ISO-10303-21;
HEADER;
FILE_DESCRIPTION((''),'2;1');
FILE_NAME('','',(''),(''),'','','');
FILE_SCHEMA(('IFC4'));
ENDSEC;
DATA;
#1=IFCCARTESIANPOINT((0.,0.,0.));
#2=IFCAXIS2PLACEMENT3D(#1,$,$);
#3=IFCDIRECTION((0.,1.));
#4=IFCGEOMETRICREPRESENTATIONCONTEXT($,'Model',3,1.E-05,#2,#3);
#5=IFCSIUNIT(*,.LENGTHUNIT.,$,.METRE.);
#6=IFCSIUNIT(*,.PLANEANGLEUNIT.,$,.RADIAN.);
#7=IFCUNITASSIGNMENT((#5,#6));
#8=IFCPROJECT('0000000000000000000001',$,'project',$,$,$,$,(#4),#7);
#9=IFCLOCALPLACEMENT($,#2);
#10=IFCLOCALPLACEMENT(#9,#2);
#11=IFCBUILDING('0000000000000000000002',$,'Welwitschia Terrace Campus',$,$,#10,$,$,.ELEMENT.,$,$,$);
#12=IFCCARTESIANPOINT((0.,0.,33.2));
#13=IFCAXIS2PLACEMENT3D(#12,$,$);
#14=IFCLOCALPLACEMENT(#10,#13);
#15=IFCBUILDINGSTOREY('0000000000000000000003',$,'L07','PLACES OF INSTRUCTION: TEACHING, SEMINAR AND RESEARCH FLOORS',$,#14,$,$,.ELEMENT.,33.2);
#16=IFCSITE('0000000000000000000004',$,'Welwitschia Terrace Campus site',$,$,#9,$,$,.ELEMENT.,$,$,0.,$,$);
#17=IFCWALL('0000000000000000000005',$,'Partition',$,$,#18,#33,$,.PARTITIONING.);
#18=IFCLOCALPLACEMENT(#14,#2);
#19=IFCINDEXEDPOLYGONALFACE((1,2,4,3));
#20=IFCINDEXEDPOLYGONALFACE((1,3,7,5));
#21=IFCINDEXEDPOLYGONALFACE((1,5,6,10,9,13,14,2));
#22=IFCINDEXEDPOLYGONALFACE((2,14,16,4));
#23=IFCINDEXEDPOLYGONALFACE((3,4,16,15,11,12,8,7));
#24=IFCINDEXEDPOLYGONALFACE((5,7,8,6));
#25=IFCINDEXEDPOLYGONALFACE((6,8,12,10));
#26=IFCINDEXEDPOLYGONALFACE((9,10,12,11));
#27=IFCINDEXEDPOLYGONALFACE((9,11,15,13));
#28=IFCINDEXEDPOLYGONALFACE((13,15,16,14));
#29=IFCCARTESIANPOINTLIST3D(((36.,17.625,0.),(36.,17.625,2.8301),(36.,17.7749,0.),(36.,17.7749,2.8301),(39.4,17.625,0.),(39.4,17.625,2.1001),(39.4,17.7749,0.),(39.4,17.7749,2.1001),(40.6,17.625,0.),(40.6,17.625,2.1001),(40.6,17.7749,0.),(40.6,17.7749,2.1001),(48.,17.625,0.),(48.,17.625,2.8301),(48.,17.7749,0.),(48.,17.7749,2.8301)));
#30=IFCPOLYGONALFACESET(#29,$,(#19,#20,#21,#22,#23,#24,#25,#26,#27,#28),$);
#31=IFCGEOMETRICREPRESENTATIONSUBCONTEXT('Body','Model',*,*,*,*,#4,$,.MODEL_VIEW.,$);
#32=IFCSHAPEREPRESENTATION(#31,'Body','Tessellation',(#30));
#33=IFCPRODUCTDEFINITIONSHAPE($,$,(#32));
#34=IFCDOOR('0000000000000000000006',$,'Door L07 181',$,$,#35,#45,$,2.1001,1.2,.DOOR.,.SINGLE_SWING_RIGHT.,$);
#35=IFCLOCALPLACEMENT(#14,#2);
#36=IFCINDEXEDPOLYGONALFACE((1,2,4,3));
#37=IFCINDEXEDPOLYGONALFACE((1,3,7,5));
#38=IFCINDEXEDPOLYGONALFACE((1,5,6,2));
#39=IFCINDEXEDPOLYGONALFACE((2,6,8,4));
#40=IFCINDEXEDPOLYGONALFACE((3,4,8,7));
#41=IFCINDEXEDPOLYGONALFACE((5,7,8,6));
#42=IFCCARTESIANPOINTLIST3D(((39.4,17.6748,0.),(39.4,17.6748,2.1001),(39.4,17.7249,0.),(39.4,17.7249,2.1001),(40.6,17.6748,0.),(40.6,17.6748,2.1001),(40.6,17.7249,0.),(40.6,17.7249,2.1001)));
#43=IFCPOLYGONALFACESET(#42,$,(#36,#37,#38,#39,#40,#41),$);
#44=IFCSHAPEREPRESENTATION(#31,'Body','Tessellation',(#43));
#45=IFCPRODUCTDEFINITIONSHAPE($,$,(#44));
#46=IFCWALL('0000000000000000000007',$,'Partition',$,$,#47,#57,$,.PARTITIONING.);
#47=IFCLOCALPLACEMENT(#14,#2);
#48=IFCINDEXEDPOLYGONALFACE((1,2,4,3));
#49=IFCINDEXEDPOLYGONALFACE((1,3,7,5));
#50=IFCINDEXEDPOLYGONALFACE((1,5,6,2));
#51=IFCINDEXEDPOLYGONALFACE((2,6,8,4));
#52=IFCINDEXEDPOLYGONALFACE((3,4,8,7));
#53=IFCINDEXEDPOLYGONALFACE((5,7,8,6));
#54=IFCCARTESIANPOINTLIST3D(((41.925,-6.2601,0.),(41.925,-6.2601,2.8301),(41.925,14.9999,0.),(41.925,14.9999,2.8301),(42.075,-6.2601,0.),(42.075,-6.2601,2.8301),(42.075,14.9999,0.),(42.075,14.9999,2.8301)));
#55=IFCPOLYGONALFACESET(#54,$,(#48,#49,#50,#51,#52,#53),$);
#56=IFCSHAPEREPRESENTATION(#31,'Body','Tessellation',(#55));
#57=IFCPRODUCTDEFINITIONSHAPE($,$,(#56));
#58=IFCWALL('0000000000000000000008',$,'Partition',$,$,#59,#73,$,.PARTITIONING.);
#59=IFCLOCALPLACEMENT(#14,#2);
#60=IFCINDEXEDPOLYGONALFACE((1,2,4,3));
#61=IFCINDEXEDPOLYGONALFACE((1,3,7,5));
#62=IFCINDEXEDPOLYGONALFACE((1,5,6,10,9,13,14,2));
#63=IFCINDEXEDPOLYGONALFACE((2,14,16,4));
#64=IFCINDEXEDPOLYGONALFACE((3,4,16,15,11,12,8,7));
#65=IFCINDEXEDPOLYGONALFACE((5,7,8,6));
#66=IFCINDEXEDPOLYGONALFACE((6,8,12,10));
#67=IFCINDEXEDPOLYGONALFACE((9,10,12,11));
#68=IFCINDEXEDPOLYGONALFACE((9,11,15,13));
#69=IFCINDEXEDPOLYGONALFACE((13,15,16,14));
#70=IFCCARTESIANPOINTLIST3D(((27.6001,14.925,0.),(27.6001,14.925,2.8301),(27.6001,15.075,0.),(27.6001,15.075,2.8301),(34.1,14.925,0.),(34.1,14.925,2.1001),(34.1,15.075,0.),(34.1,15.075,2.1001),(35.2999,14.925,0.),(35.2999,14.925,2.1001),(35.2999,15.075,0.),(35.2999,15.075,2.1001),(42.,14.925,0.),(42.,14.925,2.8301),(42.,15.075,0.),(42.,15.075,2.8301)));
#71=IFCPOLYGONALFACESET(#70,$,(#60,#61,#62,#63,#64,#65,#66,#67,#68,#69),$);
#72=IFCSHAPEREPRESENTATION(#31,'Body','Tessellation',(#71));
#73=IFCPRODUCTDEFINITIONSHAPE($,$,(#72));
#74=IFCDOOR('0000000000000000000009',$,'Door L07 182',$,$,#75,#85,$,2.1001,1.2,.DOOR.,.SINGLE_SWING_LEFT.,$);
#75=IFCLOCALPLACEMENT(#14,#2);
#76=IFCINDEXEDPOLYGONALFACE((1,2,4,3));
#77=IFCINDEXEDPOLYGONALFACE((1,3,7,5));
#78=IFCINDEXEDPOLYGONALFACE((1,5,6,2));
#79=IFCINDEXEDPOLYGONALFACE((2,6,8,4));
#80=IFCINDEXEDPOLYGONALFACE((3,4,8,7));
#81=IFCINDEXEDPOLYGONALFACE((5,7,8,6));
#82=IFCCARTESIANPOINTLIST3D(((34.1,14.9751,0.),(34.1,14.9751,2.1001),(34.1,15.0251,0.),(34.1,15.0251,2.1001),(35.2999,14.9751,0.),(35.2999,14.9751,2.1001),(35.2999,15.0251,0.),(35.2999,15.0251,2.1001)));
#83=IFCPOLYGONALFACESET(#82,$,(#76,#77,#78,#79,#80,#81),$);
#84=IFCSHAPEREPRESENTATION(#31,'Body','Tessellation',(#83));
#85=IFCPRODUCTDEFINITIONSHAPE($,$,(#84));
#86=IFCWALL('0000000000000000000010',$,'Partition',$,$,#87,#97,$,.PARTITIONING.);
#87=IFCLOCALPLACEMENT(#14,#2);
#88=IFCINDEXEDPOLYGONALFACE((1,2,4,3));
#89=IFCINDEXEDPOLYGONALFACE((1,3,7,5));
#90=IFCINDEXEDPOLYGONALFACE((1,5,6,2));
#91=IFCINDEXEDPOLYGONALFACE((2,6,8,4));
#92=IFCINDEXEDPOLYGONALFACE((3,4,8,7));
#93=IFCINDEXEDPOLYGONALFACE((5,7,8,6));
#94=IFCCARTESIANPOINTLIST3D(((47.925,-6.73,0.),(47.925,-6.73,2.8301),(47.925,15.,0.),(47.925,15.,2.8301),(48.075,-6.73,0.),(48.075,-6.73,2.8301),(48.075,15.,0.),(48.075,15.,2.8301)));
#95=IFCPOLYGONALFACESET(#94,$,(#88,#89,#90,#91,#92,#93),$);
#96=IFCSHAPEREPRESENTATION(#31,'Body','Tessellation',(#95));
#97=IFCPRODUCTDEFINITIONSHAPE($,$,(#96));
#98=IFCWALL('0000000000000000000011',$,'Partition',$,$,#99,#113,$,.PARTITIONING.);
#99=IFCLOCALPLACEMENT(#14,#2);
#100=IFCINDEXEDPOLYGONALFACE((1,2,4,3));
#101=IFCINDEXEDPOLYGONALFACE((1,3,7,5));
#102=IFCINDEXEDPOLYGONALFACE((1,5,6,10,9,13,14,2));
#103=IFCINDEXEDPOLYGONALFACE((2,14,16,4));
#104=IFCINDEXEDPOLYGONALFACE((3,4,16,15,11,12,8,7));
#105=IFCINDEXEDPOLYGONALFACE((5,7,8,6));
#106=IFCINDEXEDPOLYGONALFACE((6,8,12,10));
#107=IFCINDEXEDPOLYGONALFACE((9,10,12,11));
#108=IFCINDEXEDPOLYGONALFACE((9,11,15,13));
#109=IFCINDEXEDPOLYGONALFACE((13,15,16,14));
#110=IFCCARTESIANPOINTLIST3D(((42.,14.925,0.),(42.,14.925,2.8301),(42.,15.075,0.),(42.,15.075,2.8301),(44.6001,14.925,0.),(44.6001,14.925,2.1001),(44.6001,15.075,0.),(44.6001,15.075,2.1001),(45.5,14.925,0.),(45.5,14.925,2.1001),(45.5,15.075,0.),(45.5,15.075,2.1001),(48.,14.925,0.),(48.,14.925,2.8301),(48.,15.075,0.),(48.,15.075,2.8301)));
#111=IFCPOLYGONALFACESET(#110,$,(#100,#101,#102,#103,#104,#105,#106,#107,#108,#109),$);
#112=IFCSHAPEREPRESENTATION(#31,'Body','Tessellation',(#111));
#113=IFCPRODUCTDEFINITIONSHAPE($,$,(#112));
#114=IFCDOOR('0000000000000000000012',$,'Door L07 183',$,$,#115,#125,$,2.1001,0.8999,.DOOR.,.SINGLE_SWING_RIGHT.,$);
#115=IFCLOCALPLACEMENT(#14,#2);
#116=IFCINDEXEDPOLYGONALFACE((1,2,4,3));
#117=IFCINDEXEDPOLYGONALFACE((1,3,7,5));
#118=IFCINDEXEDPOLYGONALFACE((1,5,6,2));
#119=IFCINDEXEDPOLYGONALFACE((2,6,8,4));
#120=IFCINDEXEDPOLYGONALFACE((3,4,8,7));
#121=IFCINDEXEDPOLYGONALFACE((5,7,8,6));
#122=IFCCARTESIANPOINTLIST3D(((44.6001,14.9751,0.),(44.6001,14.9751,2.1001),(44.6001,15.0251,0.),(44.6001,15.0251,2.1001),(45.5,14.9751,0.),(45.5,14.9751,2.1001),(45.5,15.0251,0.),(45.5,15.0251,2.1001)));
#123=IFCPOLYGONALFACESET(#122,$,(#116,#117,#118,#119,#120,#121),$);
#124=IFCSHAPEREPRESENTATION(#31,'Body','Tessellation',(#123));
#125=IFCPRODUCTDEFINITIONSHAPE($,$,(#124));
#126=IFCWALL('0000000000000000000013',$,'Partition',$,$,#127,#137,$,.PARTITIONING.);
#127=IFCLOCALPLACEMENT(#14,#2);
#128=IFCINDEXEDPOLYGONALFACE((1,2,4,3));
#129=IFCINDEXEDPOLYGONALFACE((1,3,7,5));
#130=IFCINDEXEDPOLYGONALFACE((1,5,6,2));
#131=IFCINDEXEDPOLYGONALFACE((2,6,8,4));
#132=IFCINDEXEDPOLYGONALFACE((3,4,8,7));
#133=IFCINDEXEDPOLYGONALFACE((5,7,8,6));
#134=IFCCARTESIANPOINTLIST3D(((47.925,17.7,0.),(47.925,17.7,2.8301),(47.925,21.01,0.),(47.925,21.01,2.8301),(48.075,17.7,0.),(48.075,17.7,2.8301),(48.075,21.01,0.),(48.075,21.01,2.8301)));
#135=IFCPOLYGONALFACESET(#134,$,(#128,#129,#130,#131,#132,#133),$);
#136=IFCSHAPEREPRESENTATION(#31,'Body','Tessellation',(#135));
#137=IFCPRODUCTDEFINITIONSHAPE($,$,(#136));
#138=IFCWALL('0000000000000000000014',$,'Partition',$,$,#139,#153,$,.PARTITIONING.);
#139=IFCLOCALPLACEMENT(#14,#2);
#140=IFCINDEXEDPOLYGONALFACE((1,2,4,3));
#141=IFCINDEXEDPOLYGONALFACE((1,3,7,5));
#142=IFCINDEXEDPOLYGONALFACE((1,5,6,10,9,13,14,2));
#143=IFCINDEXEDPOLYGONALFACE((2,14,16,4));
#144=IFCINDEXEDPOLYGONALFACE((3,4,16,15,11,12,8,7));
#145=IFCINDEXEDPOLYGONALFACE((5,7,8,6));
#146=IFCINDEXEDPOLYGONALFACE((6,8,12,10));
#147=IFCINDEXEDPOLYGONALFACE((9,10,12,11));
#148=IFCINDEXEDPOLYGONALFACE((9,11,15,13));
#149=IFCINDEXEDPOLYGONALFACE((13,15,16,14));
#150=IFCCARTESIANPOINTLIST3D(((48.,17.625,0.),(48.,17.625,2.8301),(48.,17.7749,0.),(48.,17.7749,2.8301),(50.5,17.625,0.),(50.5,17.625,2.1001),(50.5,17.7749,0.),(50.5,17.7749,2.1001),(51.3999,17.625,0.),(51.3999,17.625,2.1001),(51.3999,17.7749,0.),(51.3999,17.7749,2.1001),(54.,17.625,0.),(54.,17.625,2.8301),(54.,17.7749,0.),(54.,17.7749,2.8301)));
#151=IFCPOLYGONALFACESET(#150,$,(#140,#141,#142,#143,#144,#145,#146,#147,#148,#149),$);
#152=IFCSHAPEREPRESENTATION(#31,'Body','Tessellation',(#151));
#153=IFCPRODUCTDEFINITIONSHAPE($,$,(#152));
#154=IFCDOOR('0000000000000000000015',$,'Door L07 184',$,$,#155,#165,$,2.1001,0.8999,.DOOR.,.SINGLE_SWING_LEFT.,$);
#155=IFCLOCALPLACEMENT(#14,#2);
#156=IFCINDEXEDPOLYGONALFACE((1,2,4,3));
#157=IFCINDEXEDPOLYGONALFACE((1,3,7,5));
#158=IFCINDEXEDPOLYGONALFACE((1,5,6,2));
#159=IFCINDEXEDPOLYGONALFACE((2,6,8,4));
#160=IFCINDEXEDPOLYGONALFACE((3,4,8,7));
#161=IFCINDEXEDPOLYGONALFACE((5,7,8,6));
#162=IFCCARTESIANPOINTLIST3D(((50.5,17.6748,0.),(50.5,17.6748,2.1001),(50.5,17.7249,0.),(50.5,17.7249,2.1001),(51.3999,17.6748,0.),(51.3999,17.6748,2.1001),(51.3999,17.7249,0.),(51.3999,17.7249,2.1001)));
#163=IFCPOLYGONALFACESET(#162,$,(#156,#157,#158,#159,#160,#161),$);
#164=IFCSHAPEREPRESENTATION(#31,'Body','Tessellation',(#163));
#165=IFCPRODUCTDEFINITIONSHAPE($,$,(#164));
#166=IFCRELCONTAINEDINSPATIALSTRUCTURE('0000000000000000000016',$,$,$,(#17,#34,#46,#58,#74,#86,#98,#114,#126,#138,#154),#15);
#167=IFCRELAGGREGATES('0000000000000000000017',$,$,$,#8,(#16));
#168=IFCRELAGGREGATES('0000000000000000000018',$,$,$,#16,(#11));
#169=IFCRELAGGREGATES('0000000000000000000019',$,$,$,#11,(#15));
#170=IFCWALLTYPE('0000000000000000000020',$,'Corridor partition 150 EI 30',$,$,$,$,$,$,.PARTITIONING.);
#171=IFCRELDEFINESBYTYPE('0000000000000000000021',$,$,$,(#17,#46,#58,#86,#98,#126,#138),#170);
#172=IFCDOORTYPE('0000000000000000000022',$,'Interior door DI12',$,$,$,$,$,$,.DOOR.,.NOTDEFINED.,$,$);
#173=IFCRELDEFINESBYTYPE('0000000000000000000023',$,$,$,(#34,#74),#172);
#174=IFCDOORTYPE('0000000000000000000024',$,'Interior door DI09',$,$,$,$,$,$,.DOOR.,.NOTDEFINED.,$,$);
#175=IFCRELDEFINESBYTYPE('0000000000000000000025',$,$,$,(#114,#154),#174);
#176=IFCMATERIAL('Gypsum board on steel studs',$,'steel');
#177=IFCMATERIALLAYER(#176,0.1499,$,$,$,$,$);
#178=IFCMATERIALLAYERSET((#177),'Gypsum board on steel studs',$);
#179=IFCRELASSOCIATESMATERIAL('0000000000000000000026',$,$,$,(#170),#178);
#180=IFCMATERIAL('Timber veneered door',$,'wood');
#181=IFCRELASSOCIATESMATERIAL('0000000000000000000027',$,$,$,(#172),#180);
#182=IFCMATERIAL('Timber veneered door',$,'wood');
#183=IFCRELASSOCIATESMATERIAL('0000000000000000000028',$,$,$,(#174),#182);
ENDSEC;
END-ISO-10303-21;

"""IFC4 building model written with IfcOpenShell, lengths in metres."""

from ifc_helpers import new_model, si_unit, direction, frame, frame_2d, origin, place, context, subcontext, project, spatial, rectangle, extrude, material, layer, layer_set, type_object, element, fill, save


model = new_model("IFC4")

# Units and contexts
model_context = context("Model", 3, precision=1e-05, world=origin(), true_north=direction((0.0, 1.0)))
body_context = subcontext(model_context, "Body", "Model", "MODEL_VIEW")
ifc_project = project(units=[si_unit("LENGTHUNIT", "METRE"), si_unit("PLANEANGLEUNIT", "RADIAN")], contexts=[model_context])

# Site, building, storey
site_placement = place(None, origin())
site = spatial("IfcSite", under=ifc_project, at=site_placement, Name="Welwitschia Terrace Campus site", CompositionType="ELEMENT", RefElevation=0.0)
building_placement = place(site_placement, origin())
building = spatial("IfcBuilding", under=site, at=building_placement, Name="Welwitschia Terrace Campus", CompositionType="ELEMENT")
storey_placement = place(building_placement, frame((0.0, 0.0, 33.2)))
storey = spatial("IfcBuildingStorey", under=building, at=storey_placement, Name="L07", Description="PLACES OF INSTRUCTION: TEACHING, SEMINAR AND RESEARCH FLOORS", CompositionType="ELEMENT", Elevation=33.2)

# Shared definitions
ifc_material_1 = material(Name="Gypsum board on steel studs", Category="steel")
ifc_layer_1 = layer(ifc_material_1, 0.1499)
ifc_layer_set_1 = layer_set([ifc_layer_1], Name="Gypsum board on steel studs")
wall_type = type_object("IfcWallType", Name="Corridor partition 150 EI 30", PredefinedType="PARTITIONING", material=ifc_layer_set_1)

# Wall, opening, door
wall_1_placement = place(storey_placement, frame((36.0, 17.7, 0.0), z_axis=(0.0, 0.0, 1.0), x_axis=(1.0, 0.0, 0.0)))
wall_1 = element("IfcWall", 1, at=wall_1_placement, inside=storey, type_object=wall_type, Name="Partition", PredefinedType="PARTITIONING", context=body_context, shape_type="SweptSolid", body=[
    extrude(rectangle(XDim=12.0, YDim=0.1499, at=frame_2d((6.0, 0.0))), origin(), (0.0, 0.0, 1.0), 2.8301),
])
opening_1_placement = place(wall_1_placement, frame((3.3999, 0.0, 0.0)))
opening_1 = element("IfcOpeningElement", 2, at=opening_1_placement, cuts=wall_1, PredefinedType="OPENING", context=body_context, shape_type="SweptSolid", body=[
    extrude(rectangle(XDim=1.2, YDim=2.1001, at=frame_2d((0.6001, 1.05))), frame((0.0, 0.085, 0.0), z_axis=(0.0, -1.0, 0.0), x_axis=(1.0, 0.0, 0.0)), (0.0, 0.0, 1.0), 0.1699),
])
ifc_material_2 = material(Name="Timber veneered door", Category="wood")
door_type_1 = type_object("IfcDoorType", Name="Interior door DI12", OperationType="NOTDEFINED", PredefinedType="DOOR", material=ifc_material_2)
door_1_placement = place(opening_1_placement, origin())
door_1 = element("IfcDoor", 3, at=door_1_placement, inside=storey, type_object=door_type_1, Name="Door L07 181", OperationType="SINGLE_SWING_RIGHT", OverallHeight=2.1001, OverallWidth=1.2, PredefinedType="DOOR", context=body_context, shape_type="SweptSolid", body=[
    extrude(rectangle(XDim=1.2, YDim=2.1001, at=frame_2d((0.6001, 1.05))), frame((0.0, 0.0249, 0.0), z_axis=(0.0, -1.0, 0.0), x_axis=(1.0, 0.0, 0.0)), (0.0, 0.0, 1.0), 0.05),
])
fill(opening_1, door_1)

# Wall
wall_2_placement = place(storey_placement, frame((42.0, -6.26, 0.0), z_axis=(0.0, 0.0, 1.0), x_axis=(0.0, 1.0, 0.0)))
element("IfcWall", 4, at=wall_2_placement, inside=storey, type_object=wall_type, Name="Partition", PredefinedType="PARTITIONING", context=body_context, shape_type="SweptSolid", body=[
    extrude(rectangle(XDim=21.26, YDim=0.1499, at=frame_2d((10.6299, 0.0))), origin(), (0.0, 0.0, 1.0), 2.8301),
])

# Wall, opening, door
wall_3_placement = place(storey_placement, frame((42.0, 15.0, 0.0), z_axis=(0.0, 0.0, 1.0), x_axis=(-1.0, 0.0, 0.0)))
wall_3 = element("IfcWall", 5, at=wall_3_placement, inside=storey, type_object=wall_type, Name="Partition", PredefinedType="PARTITIONING", context=body_context, shape_type="SweptSolid", body=[
    extrude(rectangle(XDim=14.3999, YDim=0.1499, at=frame_2d((7.2, 0.0))), origin(), (0.0, 0.0, 1.0), 2.8301),
])
opening_2_placement = place(wall_3_placement, frame((6.7, 0.0, 0.0)))
opening_2 = element("IfcOpeningElement", 6, at=opening_2_placement, cuts=wall_3, PredefinedType="OPENING", context=body_context, shape_type="SweptSolid", body=[
    extrude(rectangle(XDim=1.2, YDim=2.1001, at=frame_2d((0.6001, 1.05))), frame((0.0, 0.085, 0.0), z_axis=(0.0, -1.0, 0.0), x_axis=(1.0, 0.0, 0.0)), (0.0, 0.0, 1.0), 0.1699),
])
door_2_placement = place(opening_2_placement, origin())
door_2 = element("IfcDoor", 7, at=door_2_placement, inside=storey, type_object=door_type_1, Name="Door L07 182", OperationType="SINGLE_SWING_LEFT", OverallHeight=2.1001, OverallWidth=1.2, PredefinedType="DOOR", context=body_context, shape_type="SweptSolid", body=[
    extrude(rectangle(XDim=1.2, YDim=2.1001, at=frame_2d((0.6001, 1.05))), frame((0.0, 0.0249, 0.0), z_axis=(0.0, -1.0, 0.0), x_axis=(1.0, 0.0, 0.0)), (0.0, 0.0, 1.0), 0.05),
])
fill(opening_2, door_2)

# Wall
wall_4_placement = place(storey_placement, frame((48.0, -6.73, 0.0), z_axis=(0.0, 0.0, 1.0), x_axis=(0.0, 1.0, 0.0)))
element("IfcWall", 8, at=wall_4_placement, inside=storey, type_object=wall_type, Name="Partition", PredefinedType="PARTITIONING", context=body_context, shape_type="SweptSolid", body=[
    extrude(rectangle(XDim=21.73, YDim=0.1499, at=frame_2d((10.865, 0.0))), origin(), (0.0, 0.0, 1.0), 2.8301),
])

# Wall, opening, door
wall_5_placement = place(storey_placement, frame((48.0, 15.0, 0.0), z_axis=(0.0, 0.0, 1.0), x_axis=(-1.0, 0.0, 0.0)))
wall_5 = element("IfcWall", 9, at=wall_5_placement, inside=storey, type_object=wall_type, Name="Partition", PredefinedType="PARTITIONING", context=body_context, shape_type="SweptSolid", body=[
    extrude(rectangle(XDim=6.0, YDim=0.1499, at=frame_2d((3.0, 0.0))), origin(), (0.0, 0.0, 1.0), 2.8301),
])
opening_3_placement = place(wall_5_placement, frame((2.5, 0.0, 0.0)))
opening_3 = element("IfcOpeningElement", 10, at=opening_3_placement, cuts=wall_5, PredefinedType="OPENING", context=body_context, shape_type="SweptSolid", body=[
    extrude(rectangle(XDim=0.8999, YDim=2.1001, at=frame_2d((0.45, 1.05))), frame((0.0, 0.085, 0.0), z_axis=(0.0, -1.0, 0.0), x_axis=(1.0, 0.0, 0.0)), (0.0, 0.0, 1.0), 0.1699),
])
ifc_material_3 = material(Name="Timber veneered door", Category="wood")
door_type_2 = type_object("IfcDoorType", Name="Interior door DI09", OperationType="NOTDEFINED", PredefinedType="DOOR", material=ifc_material_3)
door_3_placement = place(opening_3_placement, origin())
door_3 = element("IfcDoor", 11, at=door_3_placement, inside=storey, type_object=door_type_2, Name="Door L07 183", OperationType="SINGLE_SWING_RIGHT", OverallHeight=2.1001, OverallWidth=0.8999, PredefinedType="DOOR", context=body_context, shape_type="SweptSolid", body=[
    extrude(rectangle(XDim=0.8999, YDim=2.1001, at=frame_2d((0.45, 1.05))), frame((0.0, 0.0249, 0.0), z_axis=(0.0, -1.0, 0.0), x_axis=(1.0, 0.0, 0.0)), (0.0, 0.0, 1.0), 0.05),
])
fill(opening_3, door_3)

# Wall
wall_6_placement = place(storey_placement, frame((48.0, 17.7, 0.0), z_axis=(0.0, 0.0, 1.0), x_axis=(0.0, 1.0, 0.0)))
element("IfcWall", 12, at=wall_6_placement, inside=storey, type_object=wall_type, Name="Partition", PredefinedType="PARTITIONING", context=body_context, shape_type="SweptSolid", body=[
    extrude(rectangle(XDim=3.3101, YDim=0.1499, at=frame_2d((1.655, 0.0))), origin(), (0.0, 0.0, 1.0), 2.8301),
])

# Wall, opening, door
wall_7_placement = place(storey_placement, frame((48.0, 17.7, 0.0), z_axis=(0.0, 0.0, 1.0), x_axis=(1.0, 0.0, 0.0)))
wall_7 = element("IfcWall", 13, at=wall_7_placement, inside=storey, type_object=wall_type, Name="Partition", PredefinedType="PARTITIONING", context=body_context, shape_type="SweptSolid", body=[
    extrude(rectangle(XDim=6.0, YDim=0.1499, at=frame_2d((3.0, 0.0))), origin(), (0.0, 0.0, 1.0), 2.8301),
])
opening_4_placement = place(wall_7_placement, frame((2.5, 0.0, 0.0)))
opening_4 = element("IfcOpeningElement", 14, at=opening_4_placement, cuts=wall_7, PredefinedType="OPENING", context=body_context, shape_type="SweptSolid", body=[
    extrude(rectangle(XDim=0.8999, YDim=2.1001, at=frame_2d((0.45, 1.05))), frame((0.0, 0.085, 0.0), z_axis=(0.0, -1.0, 0.0), x_axis=(1.0, 0.0, 0.0)), (0.0, 0.0, 1.0), 0.1699),
])
door_4_placement = place(opening_4_placement, origin())
door_4 = element("IfcDoor", 15, at=door_4_placement, inside=storey, type_object=door_type_2, Name="Door L07 184", OperationType="SINGLE_SWING_LEFT", OverallHeight=2.1001, OverallWidth=0.8999, PredefinedType="DOOR", context=body_context, shape_type="SweptSolid", body=[
    extrude(rectangle(XDim=0.8999, YDim=2.1001, at=frame_2d((0.45, 1.05))), frame((0.0, 0.0249, 0.0), z_axis=(0.0, -1.0, 0.0), x_axis=(1.0, 0.0, 0.0)), (0.0, 0.0, 1.0), 0.05),
])
fill(opening_4, door_4)

save(model, "model.ifc")
